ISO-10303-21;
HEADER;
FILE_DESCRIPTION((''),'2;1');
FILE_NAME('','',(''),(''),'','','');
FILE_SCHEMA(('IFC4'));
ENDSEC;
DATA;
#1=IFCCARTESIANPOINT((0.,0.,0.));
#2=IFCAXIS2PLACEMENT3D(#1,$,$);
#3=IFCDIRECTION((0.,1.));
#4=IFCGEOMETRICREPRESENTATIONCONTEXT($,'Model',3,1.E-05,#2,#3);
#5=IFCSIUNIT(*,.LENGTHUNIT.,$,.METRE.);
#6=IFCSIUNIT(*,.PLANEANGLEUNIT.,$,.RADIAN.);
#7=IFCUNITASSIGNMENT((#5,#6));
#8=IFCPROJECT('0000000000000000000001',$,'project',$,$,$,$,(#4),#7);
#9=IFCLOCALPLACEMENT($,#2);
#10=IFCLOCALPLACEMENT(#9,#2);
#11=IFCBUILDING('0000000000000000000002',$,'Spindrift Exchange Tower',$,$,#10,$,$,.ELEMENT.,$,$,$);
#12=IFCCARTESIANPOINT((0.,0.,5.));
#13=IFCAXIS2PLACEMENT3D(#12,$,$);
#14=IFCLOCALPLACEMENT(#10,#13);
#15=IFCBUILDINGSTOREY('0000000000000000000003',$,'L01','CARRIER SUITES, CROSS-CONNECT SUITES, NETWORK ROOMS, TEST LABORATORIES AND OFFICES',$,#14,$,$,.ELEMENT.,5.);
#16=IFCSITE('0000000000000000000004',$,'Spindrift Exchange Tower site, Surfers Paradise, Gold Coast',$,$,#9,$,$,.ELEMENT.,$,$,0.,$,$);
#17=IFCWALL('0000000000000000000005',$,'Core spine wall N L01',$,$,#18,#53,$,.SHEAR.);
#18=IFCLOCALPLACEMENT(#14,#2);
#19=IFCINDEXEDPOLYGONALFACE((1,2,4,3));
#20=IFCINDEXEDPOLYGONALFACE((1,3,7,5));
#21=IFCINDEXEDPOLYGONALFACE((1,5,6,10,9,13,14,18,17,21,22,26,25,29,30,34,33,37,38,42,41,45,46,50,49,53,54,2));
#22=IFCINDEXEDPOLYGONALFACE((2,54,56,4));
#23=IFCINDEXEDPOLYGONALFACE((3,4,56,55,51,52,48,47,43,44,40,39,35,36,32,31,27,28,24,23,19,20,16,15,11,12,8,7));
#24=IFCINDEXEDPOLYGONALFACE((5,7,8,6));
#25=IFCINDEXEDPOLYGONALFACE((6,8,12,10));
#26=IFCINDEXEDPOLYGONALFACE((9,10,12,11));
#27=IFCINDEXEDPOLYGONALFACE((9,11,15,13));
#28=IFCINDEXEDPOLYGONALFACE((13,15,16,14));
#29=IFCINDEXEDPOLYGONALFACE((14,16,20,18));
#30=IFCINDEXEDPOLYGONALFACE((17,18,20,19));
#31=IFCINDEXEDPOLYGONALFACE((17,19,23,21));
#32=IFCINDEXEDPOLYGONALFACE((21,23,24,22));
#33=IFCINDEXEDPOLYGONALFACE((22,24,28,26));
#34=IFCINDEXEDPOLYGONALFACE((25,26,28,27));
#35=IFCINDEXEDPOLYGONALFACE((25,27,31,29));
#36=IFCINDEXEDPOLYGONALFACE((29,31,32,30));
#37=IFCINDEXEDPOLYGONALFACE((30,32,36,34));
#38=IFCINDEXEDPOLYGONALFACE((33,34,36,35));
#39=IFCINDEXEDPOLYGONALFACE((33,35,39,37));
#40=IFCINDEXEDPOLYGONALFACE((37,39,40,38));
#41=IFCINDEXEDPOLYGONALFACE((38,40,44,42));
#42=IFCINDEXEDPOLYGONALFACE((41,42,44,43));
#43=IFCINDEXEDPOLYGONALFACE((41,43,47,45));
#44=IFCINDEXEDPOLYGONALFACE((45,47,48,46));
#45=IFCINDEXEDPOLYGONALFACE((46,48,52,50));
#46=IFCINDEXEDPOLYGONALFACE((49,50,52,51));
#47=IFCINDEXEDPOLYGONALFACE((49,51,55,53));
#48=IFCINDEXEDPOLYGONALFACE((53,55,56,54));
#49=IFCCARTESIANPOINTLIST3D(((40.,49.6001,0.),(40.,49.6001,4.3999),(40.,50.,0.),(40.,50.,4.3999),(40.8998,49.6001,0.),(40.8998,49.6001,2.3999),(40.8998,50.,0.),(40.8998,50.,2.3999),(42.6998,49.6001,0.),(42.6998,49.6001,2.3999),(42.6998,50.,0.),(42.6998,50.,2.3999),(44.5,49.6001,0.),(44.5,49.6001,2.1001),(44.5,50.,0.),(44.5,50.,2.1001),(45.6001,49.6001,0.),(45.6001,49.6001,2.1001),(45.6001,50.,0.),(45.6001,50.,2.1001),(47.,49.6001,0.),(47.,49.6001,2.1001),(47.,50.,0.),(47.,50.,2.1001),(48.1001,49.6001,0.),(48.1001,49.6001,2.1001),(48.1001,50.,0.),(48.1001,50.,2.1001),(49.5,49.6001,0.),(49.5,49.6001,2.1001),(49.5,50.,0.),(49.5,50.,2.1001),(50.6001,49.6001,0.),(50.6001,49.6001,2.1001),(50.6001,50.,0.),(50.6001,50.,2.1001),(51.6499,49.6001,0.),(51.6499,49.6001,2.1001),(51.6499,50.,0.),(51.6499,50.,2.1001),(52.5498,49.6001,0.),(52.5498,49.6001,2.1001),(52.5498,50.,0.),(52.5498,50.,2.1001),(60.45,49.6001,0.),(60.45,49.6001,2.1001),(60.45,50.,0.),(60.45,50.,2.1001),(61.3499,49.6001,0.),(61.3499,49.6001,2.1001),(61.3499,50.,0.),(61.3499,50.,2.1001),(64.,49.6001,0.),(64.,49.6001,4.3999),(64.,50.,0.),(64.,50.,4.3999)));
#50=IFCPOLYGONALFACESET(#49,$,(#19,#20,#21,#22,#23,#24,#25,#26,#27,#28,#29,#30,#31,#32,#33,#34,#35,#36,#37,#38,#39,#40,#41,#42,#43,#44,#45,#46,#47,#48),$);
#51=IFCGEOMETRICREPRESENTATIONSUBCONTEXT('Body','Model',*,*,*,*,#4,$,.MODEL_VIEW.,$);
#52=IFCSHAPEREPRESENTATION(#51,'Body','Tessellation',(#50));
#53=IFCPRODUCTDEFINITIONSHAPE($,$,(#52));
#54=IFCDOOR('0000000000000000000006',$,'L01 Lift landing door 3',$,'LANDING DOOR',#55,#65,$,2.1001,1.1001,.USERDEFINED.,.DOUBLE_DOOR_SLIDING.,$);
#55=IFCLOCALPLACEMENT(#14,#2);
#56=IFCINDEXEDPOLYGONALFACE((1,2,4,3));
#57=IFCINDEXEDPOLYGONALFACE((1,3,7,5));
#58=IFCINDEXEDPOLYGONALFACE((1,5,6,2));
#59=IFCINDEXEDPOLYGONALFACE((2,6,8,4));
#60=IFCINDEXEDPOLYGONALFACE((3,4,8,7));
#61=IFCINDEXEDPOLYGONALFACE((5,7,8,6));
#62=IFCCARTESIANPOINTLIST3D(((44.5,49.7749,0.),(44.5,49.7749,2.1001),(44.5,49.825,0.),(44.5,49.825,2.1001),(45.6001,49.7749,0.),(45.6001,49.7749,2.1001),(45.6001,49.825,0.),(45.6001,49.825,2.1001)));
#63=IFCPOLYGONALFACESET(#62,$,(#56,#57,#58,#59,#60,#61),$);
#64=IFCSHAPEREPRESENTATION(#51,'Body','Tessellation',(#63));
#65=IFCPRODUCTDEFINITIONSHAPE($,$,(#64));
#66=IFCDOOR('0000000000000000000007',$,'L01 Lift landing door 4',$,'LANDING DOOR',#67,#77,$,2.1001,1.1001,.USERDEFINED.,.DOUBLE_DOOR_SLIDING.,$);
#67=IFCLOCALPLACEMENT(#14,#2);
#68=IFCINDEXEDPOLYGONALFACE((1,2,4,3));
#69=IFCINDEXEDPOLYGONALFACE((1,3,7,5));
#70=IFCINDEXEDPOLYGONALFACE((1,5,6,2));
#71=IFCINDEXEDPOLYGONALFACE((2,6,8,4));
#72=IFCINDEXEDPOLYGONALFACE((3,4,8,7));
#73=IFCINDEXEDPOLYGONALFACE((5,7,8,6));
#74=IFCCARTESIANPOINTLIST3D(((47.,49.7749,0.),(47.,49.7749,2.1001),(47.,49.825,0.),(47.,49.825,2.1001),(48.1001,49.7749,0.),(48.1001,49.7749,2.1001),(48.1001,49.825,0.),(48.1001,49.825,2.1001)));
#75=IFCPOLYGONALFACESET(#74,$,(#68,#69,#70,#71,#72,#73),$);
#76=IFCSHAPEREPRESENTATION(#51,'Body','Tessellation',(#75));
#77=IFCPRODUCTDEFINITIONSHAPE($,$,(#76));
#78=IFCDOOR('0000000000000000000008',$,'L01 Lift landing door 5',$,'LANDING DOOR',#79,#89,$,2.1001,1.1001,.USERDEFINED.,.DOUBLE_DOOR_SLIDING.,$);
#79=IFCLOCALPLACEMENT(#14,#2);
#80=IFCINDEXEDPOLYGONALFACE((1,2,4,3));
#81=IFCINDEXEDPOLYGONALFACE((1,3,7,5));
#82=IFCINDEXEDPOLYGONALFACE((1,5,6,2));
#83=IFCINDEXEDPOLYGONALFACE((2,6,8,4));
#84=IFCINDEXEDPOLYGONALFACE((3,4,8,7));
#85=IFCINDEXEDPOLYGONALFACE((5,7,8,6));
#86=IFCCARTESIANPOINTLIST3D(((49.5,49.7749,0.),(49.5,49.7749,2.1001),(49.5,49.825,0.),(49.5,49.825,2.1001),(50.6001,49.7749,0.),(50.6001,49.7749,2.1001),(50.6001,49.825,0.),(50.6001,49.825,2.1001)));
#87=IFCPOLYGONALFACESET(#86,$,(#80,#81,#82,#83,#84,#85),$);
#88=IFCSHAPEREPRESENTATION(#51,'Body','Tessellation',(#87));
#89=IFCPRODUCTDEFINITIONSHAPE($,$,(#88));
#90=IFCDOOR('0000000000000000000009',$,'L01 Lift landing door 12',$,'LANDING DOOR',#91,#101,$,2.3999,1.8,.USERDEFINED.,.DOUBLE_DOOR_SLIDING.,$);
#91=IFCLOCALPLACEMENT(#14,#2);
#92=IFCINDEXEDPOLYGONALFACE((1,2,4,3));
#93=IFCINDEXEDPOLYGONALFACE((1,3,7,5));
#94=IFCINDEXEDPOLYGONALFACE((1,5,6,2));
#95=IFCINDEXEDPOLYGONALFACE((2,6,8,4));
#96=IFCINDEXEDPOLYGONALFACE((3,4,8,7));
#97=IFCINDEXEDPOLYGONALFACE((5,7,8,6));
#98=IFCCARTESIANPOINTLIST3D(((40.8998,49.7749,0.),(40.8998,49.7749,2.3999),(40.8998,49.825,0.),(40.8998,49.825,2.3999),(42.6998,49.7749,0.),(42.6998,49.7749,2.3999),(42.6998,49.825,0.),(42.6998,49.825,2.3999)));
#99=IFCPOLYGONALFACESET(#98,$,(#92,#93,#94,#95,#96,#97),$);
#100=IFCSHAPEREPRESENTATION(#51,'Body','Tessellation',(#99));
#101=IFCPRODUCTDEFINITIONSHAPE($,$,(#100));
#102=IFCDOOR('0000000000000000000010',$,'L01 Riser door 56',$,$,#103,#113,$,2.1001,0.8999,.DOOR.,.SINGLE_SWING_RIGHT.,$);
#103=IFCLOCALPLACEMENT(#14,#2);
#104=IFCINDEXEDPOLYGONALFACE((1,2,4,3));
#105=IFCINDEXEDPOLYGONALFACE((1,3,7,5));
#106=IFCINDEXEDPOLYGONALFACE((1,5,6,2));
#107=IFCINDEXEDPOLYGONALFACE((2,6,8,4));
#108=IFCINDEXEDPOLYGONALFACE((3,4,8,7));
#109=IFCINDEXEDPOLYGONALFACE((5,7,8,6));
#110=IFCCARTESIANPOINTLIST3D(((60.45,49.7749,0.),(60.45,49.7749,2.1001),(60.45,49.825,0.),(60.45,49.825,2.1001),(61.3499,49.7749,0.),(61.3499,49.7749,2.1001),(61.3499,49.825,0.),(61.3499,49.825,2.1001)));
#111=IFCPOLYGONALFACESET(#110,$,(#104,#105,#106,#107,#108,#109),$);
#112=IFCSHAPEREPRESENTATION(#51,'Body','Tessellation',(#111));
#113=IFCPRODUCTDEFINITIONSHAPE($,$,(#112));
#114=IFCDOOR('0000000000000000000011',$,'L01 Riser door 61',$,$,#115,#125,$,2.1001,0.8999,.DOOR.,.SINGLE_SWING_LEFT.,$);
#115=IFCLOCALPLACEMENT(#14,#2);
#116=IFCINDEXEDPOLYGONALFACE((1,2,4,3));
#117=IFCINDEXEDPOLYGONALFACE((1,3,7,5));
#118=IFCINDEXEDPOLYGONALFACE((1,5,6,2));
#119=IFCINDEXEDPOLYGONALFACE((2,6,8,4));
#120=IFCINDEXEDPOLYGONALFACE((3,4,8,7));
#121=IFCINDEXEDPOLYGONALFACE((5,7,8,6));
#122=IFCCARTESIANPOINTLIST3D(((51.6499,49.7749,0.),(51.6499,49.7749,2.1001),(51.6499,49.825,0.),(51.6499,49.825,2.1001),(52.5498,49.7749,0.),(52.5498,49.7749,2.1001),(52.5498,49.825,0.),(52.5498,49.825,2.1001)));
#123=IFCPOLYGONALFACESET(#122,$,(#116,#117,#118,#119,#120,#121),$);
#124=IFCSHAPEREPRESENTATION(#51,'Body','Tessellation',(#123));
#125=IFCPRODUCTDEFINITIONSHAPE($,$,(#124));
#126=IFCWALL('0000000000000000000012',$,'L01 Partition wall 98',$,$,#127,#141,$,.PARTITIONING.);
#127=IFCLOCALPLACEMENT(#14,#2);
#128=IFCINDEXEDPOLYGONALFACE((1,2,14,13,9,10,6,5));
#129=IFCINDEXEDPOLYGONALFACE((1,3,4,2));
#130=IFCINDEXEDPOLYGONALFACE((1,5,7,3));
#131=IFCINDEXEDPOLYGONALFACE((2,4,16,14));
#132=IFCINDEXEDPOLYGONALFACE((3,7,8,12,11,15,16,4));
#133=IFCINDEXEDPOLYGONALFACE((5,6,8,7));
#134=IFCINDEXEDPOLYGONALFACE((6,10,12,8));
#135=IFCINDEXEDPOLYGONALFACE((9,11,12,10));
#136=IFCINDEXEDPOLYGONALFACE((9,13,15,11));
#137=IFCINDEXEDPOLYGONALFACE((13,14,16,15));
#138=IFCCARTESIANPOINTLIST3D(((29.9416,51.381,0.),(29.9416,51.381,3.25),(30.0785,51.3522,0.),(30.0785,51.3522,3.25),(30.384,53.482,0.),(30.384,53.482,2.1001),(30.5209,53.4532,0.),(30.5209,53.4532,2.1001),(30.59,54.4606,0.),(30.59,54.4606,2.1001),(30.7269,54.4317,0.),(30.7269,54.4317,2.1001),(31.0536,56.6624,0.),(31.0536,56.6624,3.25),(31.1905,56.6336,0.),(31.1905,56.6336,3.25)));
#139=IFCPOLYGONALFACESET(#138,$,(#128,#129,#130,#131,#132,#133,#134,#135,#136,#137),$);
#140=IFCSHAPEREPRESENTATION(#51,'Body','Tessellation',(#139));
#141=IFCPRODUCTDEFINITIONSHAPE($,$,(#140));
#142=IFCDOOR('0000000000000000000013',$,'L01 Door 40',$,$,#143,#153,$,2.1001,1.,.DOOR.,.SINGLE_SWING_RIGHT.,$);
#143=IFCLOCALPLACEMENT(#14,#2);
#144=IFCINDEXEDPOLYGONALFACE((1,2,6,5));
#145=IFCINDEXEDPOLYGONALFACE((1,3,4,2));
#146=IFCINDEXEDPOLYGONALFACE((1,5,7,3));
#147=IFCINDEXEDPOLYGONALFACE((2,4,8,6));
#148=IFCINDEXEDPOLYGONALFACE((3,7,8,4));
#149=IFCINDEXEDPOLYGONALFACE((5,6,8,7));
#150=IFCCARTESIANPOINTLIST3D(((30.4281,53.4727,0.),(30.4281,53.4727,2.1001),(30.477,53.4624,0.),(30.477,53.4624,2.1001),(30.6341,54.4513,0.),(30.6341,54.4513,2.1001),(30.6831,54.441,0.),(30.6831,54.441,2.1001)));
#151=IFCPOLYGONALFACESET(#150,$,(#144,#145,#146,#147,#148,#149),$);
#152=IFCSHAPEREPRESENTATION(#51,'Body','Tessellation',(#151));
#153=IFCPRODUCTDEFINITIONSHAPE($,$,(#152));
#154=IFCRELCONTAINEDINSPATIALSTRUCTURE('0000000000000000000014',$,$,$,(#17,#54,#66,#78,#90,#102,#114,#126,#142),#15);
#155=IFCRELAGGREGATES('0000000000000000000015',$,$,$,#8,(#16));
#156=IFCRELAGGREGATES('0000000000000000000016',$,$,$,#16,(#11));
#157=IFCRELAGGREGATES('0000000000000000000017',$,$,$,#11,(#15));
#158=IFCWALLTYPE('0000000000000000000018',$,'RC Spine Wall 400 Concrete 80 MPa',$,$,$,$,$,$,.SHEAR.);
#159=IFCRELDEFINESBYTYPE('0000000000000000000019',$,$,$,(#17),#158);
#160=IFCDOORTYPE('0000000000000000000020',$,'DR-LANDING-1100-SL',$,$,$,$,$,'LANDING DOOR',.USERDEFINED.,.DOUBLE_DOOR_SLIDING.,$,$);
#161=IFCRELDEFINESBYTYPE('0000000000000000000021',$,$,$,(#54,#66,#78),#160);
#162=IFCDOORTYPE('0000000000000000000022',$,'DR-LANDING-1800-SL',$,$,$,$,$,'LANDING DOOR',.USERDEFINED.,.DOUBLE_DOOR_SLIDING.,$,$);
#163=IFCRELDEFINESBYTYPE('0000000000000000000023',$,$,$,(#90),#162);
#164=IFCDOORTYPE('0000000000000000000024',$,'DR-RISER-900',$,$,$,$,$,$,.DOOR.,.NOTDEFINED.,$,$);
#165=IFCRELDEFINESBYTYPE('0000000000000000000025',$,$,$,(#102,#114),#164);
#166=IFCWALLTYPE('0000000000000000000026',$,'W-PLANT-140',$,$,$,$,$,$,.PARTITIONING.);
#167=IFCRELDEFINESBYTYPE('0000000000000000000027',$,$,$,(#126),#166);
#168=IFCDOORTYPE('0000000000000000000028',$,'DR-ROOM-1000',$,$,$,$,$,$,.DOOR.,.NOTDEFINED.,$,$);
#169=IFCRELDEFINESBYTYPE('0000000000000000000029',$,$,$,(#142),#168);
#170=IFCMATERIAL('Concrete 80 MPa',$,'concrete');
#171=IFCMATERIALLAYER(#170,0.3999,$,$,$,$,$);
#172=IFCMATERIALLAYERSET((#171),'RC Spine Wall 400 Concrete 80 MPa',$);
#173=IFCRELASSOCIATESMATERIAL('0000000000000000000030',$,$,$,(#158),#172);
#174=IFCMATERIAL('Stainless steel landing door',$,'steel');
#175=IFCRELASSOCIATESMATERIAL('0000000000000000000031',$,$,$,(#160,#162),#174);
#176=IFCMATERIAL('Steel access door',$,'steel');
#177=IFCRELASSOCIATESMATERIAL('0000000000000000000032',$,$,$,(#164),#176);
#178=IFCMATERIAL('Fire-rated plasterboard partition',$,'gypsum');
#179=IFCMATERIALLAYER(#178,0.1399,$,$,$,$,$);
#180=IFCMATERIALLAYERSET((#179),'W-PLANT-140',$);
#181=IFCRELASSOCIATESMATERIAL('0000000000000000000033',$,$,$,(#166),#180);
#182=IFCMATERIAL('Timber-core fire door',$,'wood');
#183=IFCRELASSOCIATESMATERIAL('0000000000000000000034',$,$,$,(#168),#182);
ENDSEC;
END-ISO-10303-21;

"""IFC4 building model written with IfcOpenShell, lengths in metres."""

from ifc_helpers import new_model, si_unit, direction, frame, frame_2d, origin, place, context, subcontext, project, spatial, rectangle, extrude, source, transform, mapped, material, layer, layer_set, type_object, element, fill, save


model = new_model("IFC4")

# Units and contexts
model_context = context("Model", 3, precision=1e-05, world=origin(), true_north=direction((0.0, 1.0)))
body_context = subcontext(model_context, "Body", "Model", "MODEL_VIEW")
ifc_project = project(units=[si_unit("LENGTHUNIT", "METRE"), si_unit("PLANEANGLEUNIT", "RADIAN")], contexts=[model_context])

# Site, building, storey
site_placement = place(None, origin())
site = spatial("IfcSite", under=ifc_project, at=site_placement, Name="Spindrift Exchange Tower site, Surfers Paradise, Gold Coast", CompositionType="ELEMENT", RefElevation=0.0)
building_placement = place(site_placement, origin())
building = spatial("IfcBuilding", under=site, at=building_placement, Name="Spindrift Exchange Tower", CompositionType="ELEMENT")
storey_placement = place(building_placement, frame((0.0, 0.0, 5.0)))
storey = spatial("IfcBuildingStorey", under=building, at=storey_placement, Name="L01", Description="CARRIER SUITES, CROSS-CONNECT SUITES, NETWORK ROOMS, TEST LABORATORIES AND OFFICES", CompositionType="ELEMENT", Elevation=5.0)

# Shared definitions
ifc_material_1 = material(Name="Concrete 80 MPa", Category="concrete")

# Wall, openings, doors
ifc_layer_1 = layer(ifc_material_1, 0.3999)
ifc_layer_set_1 = layer_set([ifc_layer_1], Name="RC Spine Wall 400 Concrete 80 MPa")
wall_type_1 = type_object("IfcWallType", Name="RC Spine Wall 400 Concrete 80 MPa", PredefinedType="SHEAR", material=ifc_layer_set_1)
wall_1_placement = place(storey_placement, frame((40.0, 49.8, 0.0), z_axis=(0.0, 0.0, 1.0), x_axis=(1.0, 0.0, 0.0)))
wall_1 = element("IfcWall", 1, at=wall_1_placement, inside=storey, type_object=wall_type_1, Name="Core spine wall N L01", PredefinedType="SHEAR", context=body_context, shape_type="SweptSolid", body=[
    extrude(rectangle(XDim=24.0, YDim=0.3999, at=frame_2d((12.0, 0.0))), origin(), (0.0, 0.0, 1.0), 4.3999),
])
opening_1_placement = place(wall_1_placement, frame((4.5, 0.0, 0.0)))
opening_1 = element("IfcOpeningElement", 2, at=opening_1_placement, cuts=wall_1, PredefinedType="OPENING", context=body_context, shape_type="SweptSolid", body=[
    extrude(rectangle(XDim=1.1001, YDim=2.1001, at=frame_2d((0.55, 1.05))), frame((0.0, 0.21, 0.0), z_axis=(0.0, -1.0, 0.0), x_axis=(1.0, 0.0, 0.0)), (0.0, 0.0, 1.0), 0.4199),
])
opening_2_placement = place(wall_1_placement, frame((7.0, 0.0, 0.0)))
opening_2 = element("IfcOpeningElement", 3, at=opening_2_placement, cuts=wall_1, PredefinedType="OPENING", context=body_context, shape_type="SweptSolid", body=[
    extrude(rectangle(XDim=1.1001, YDim=2.1001, at=frame_2d((0.55, 1.05))), frame((0.0, 0.21, 0.0), z_axis=(0.0, -1.0, 0.0), x_axis=(1.0, 0.0, 0.0)), (0.0, 0.0, 1.0), 0.4199),
])
opening_3_placement = place(wall_1_placement, frame((9.5, 0.0, 0.0)))
opening_3 = element("IfcOpeningElement", 4, at=opening_3_placement, cuts=wall_1, PredefinedType="OPENING", context=body_context, shape_type="SweptSolid", body=[
    extrude(rectangle(XDim=1.1001, YDim=2.1001, at=frame_2d((0.55, 1.05))), frame((0.0, 0.21, 0.0), z_axis=(0.0, -1.0, 0.0), x_axis=(1.0, 0.0, 0.0)), (0.0, 0.0, 1.0), 0.4199),
])
opening_4_placement = place(wall_1_placement, frame((0.8999, 0.0, 0.0)))
opening_4 = element("IfcOpeningElement", 5, at=opening_4_placement, cuts=wall_1, PredefinedType="OPENING", context=body_context, shape_type="SweptSolid", body=[
    extrude(rectangle(XDim=1.8, YDim=2.3999, at=frame_2d((0.8999, 1.2))), frame((0.0, 0.21, 0.0), z_axis=(0.0, -1.0, 0.0), x_axis=(1.0, 0.0, 0.0)), (0.0, 0.0, 1.0), 0.4199),
])
opening_5_placement = place(wall_1_placement, frame((20.45, 0.0, 0.0)))
opening_5 = element("IfcOpeningElement", 6, at=opening_5_placement, cuts=wall_1, PredefinedType="OPENING", context=body_context, shape_type="SweptSolid", body=[
    extrude(rectangle(XDim=0.8999, YDim=2.1001, at=frame_2d((0.45, 1.05))), frame((0.0, 0.21, 0.0), z_axis=(0.0, -1.0, 0.0), x_axis=(1.0, 0.0, 0.0)), (0.0, 0.0, 1.0), 0.4199),
])
opening_6_placement = place(wall_1_placement, frame((11.6499, 0.0, 0.0)))
opening_6 = element("IfcOpeningElement", 7, at=opening_6_placement, cuts=wall_1, PredefinedType="OPENING", context=body_context, shape_type="SweptSolid", body=[
    extrude(rectangle(XDim=0.8999, YDim=2.1001, at=frame_2d((0.45, 1.05))), frame((0.0, 0.21, 0.0), z_axis=(0.0, -1.0, 0.0), x_axis=(1.0, 0.0, 0.0)), (0.0, 0.0, 1.0), 0.4199),
])
ifc_material_2 = material(Name="Stainless steel landing door", Category="steel")
door_type_1 = type_object("IfcDoorType", Name="DR-LANDING-1100-SL", ElementType="LANDING DOOR", OperationType="DOUBLE_DOOR_SLIDING", PredefinedType="USERDEFINED", material=ifc_material_2)
shared_shape_1 = source(origin(), body_context, "Body", "SweptSolid", [
    extrude(rectangle(XDim=1.1001, YDim=2.1001, at=frame_2d((0.55, 1.05))), frame((0.0, 0.0249, 0.0), z_axis=(0.0, -1.0, 0.0), x_axis=(1.0, 0.0, 0.0)), (0.0, 0.0, 1.0), 0.05),
])
door_1_placement = place(opening_1_placement, origin())
door_1 = element("IfcDoor", 8, at=door_1_placement, inside=storey, type_object=door_type_1, Name="L01 Lift landing door 3", ObjectType="LANDING DOOR", OperationType="DOUBLE_DOOR_SLIDING", OverallHeight=2.1001, OverallWidth=1.1001, PredefinedType="USERDEFINED", context=body_context, shape_type="MappedRepresentation", body=[
    mapped(shared_shape_1, transform((0.0, 0.0, 0.0), scale=1.0)),
])
fill(opening_1, door_1)
door_2_placement = place(opening_2_placement, origin())
door_2 = element("IfcDoor", 9, at=door_2_placement, inside=storey, type_object=door_type_1, Name="L01 Lift landing door 4", ObjectType="LANDING DOOR", OperationType="DOUBLE_DOOR_SLIDING", OverallHeight=2.1001, OverallWidth=1.1001, PredefinedType="USERDEFINED", context=body_context, shape_type="MappedRepresentation", body=[
    mapped(shared_shape_1, transform((0.0, 0.0, 0.0), scale=1.0)),
])
fill(opening_2, door_2)
door_3_placement = place(opening_3_placement, origin())
door_3 = element("IfcDoor", 10, at=door_3_placement, inside=storey, type_object=door_type_1, Name="L01 Lift landing door 5", ObjectType="LANDING DOOR", OperationType="DOUBLE_DOOR_SLIDING", OverallHeight=2.1001, OverallWidth=1.1001, PredefinedType="USERDEFINED", context=body_context, shape_type="MappedRepresentation", body=[
    mapped(shared_shape_1, transform((0.0, 0.0, 0.0), scale=1.0)),
])
fill(opening_3, door_3)
door_type_2 = type_object("IfcDoorType", Name="DR-LANDING-1800-SL", ElementType="LANDING DOOR", OperationType="DOUBLE_DOOR_SLIDING", PredefinedType="USERDEFINED", material=ifc_material_2)
shared_shape_2 = source(origin(), body_context, "Body", "SweptSolid", [
    extrude(rectangle(XDim=1.8, YDim=2.3999, at=frame_2d((0.8999, 1.2))), frame((0.0, 0.0249, 0.0), z_axis=(0.0, -1.0, 0.0), x_axis=(1.0, 0.0, 0.0)), (0.0, 0.0, 1.0), 0.05),
])
door_4_placement = place(opening_4_placement, origin())
door_4 = element("IfcDoor", 11, at=door_4_placement, inside=storey, type_object=door_type_2, Name="L01 Lift landing door 12", ObjectType="LANDING DOOR", OperationType="DOUBLE_DOOR_SLIDING", OverallHeight=2.3999, OverallWidth=1.8, PredefinedType="USERDEFINED", context=body_context, shape_type="MappedRepresentation", body=[
    mapped(shared_shape_2, transform((0.0, 0.0, 0.0), scale=1.0)),
])
fill(opening_4, door_4)
ifc_material_3 = material(Name="Steel access door", Category="steel")
door_type_3 = type_object("IfcDoorType", Name="DR-RISER-900", OperationType="NOTDEFINED", PredefinedType="DOOR", material=ifc_material_3)
shared_shape_3 = source(origin(), body_context, "Body", "SweptSolid", [
    extrude(rectangle(XDim=0.8999, YDim=2.1001, at=frame_2d((0.45, 1.05))), frame((0.0, 0.0249, 0.0), z_axis=(0.0, -1.0, 0.0), x_axis=(1.0, 0.0, 0.0)), (0.0, 0.0, 1.0), 0.05),
])
door_5_placement = place(opening_5_placement, origin())
door_5 = element("IfcDoor", 12, at=door_5_placement, inside=storey, type_object=door_type_3, Name="L01 Riser door 56", OperationType="SINGLE_SWING_RIGHT", OverallHeight=2.1001, OverallWidth=0.8999, PredefinedType="DOOR", context=body_context, shape_type="MappedRepresentation", body=[
    mapped(shared_shape_3, transform((0.0, 0.0, 0.0), scale=1.0)),
])
fill(opening_5, door_5)
door_6_placement = place(opening_6_placement, origin())
door_6 = element("IfcDoor", 13, at=door_6_placement, inside=storey, type_object=door_type_3, Name="L01 Riser door 61", OperationType="SINGLE_SWING_LEFT", OverallHeight=2.1001, OverallWidth=0.8999, PredefinedType="DOOR", context=body_context, shape_type="MappedRepresentation", body=[
    mapped(shared_shape_3, transform((0.0, 0.0, 0.0), scale=1.0)),
])
fill(opening_6, door_6)

# Wall, opening, door
ifc_material_4 = material(Name="Fire-rated plasterboard partition", Category="gypsum")
ifc_layer_2 = layer(ifc_material_4, 0.1399)
ifc_layer_set_2 = layer_set([ifc_layer_2], Name="W-PLANT-140")
wall_type_2 = type_object("IfcWallType", Name="W-PLANT-140", PredefinedType="PARTITIONING", material=ifc_layer_set_2)
wall_2_placement = place(storey_placement, frame((30.01, 51.3665, 0.0), z_axis=(0.0, 0.0, 1.0), x_axis=(0.20604, 0.978544, 0.0)))
wall_2 = element("IfcWall", 14, at=wall_2_placement, inside=storey, type_object=wall_type_2, Name="L01 Partition wall 98", PredefinedType="PARTITIONING", context=body_context, shape_type="SweptSolid", body=[
    extrude(rectangle(XDim=5.3972, YDim=0.1399, at=frame_2d((2.6987, 0.0))), origin(), (0.0, 0.0, 1.0), 3.25),
])
opening_7_placement = place(wall_2_placement, frame((2.1472, 0.0, 0.0)))
opening_7 = element("IfcOpeningElement", 15, at=opening_7_placement, cuts=wall_2, PredefinedType="OPENING", context=body_context, shape_type="SweptSolid", body=[
    extrude(rectangle(XDim=1.0, YDim=2.1001, at=frame_2d((0.5, 1.05))), frame((0.0, 0.0798, 0.0), z_axis=(0.0, -1.0, 0.0), x_axis=(1.0, 0.0, 0.0)), (0.0, 0.0, 1.0), 0.1599),
])
ifc_material_5 = material(Name="Timber-core fire door", Category="wood")
door_type_4 = type_object("IfcDoorType", Name="DR-ROOM-1000", OperationType="NOTDEFINED", PredefinedType="DOOR", material=ifc_material_5)
shared_shape_4 = source(origin(), body_context, "Body", "SweptSolid", [
    extrude(rectangle(XDim=1.0, YDim=2.1001, at=frame_2d((0.5, 1.05))), frame((0.0, 0.0249, 0.0), z_axis=(0.0, -1.0, 0.0), x_axis=(1.0, 0.0, 0.0)), (0.0, 0.0, 1.0), 0.05),
])
door_7_placement = place(opening_7_placement, origin())
door_7 = element("IfcDoor", 16, at=door_7_placement, inside=storey, type_object=door_type_4, Name="L01 Door 40", OperationType="SINGLE_SWING_RIGHT", OverallHeight=2.1001, OverallWidth=1.0, PredefinedType="DOOR", context=body_context, shape_type="MappedRepresentation", body=[
    mapped(shared_shape_4, transform((0.0, 0.0, 0.0), scale=1.0)),
])
fill(opening_7, door_7)

save(model, "model.ifc")
